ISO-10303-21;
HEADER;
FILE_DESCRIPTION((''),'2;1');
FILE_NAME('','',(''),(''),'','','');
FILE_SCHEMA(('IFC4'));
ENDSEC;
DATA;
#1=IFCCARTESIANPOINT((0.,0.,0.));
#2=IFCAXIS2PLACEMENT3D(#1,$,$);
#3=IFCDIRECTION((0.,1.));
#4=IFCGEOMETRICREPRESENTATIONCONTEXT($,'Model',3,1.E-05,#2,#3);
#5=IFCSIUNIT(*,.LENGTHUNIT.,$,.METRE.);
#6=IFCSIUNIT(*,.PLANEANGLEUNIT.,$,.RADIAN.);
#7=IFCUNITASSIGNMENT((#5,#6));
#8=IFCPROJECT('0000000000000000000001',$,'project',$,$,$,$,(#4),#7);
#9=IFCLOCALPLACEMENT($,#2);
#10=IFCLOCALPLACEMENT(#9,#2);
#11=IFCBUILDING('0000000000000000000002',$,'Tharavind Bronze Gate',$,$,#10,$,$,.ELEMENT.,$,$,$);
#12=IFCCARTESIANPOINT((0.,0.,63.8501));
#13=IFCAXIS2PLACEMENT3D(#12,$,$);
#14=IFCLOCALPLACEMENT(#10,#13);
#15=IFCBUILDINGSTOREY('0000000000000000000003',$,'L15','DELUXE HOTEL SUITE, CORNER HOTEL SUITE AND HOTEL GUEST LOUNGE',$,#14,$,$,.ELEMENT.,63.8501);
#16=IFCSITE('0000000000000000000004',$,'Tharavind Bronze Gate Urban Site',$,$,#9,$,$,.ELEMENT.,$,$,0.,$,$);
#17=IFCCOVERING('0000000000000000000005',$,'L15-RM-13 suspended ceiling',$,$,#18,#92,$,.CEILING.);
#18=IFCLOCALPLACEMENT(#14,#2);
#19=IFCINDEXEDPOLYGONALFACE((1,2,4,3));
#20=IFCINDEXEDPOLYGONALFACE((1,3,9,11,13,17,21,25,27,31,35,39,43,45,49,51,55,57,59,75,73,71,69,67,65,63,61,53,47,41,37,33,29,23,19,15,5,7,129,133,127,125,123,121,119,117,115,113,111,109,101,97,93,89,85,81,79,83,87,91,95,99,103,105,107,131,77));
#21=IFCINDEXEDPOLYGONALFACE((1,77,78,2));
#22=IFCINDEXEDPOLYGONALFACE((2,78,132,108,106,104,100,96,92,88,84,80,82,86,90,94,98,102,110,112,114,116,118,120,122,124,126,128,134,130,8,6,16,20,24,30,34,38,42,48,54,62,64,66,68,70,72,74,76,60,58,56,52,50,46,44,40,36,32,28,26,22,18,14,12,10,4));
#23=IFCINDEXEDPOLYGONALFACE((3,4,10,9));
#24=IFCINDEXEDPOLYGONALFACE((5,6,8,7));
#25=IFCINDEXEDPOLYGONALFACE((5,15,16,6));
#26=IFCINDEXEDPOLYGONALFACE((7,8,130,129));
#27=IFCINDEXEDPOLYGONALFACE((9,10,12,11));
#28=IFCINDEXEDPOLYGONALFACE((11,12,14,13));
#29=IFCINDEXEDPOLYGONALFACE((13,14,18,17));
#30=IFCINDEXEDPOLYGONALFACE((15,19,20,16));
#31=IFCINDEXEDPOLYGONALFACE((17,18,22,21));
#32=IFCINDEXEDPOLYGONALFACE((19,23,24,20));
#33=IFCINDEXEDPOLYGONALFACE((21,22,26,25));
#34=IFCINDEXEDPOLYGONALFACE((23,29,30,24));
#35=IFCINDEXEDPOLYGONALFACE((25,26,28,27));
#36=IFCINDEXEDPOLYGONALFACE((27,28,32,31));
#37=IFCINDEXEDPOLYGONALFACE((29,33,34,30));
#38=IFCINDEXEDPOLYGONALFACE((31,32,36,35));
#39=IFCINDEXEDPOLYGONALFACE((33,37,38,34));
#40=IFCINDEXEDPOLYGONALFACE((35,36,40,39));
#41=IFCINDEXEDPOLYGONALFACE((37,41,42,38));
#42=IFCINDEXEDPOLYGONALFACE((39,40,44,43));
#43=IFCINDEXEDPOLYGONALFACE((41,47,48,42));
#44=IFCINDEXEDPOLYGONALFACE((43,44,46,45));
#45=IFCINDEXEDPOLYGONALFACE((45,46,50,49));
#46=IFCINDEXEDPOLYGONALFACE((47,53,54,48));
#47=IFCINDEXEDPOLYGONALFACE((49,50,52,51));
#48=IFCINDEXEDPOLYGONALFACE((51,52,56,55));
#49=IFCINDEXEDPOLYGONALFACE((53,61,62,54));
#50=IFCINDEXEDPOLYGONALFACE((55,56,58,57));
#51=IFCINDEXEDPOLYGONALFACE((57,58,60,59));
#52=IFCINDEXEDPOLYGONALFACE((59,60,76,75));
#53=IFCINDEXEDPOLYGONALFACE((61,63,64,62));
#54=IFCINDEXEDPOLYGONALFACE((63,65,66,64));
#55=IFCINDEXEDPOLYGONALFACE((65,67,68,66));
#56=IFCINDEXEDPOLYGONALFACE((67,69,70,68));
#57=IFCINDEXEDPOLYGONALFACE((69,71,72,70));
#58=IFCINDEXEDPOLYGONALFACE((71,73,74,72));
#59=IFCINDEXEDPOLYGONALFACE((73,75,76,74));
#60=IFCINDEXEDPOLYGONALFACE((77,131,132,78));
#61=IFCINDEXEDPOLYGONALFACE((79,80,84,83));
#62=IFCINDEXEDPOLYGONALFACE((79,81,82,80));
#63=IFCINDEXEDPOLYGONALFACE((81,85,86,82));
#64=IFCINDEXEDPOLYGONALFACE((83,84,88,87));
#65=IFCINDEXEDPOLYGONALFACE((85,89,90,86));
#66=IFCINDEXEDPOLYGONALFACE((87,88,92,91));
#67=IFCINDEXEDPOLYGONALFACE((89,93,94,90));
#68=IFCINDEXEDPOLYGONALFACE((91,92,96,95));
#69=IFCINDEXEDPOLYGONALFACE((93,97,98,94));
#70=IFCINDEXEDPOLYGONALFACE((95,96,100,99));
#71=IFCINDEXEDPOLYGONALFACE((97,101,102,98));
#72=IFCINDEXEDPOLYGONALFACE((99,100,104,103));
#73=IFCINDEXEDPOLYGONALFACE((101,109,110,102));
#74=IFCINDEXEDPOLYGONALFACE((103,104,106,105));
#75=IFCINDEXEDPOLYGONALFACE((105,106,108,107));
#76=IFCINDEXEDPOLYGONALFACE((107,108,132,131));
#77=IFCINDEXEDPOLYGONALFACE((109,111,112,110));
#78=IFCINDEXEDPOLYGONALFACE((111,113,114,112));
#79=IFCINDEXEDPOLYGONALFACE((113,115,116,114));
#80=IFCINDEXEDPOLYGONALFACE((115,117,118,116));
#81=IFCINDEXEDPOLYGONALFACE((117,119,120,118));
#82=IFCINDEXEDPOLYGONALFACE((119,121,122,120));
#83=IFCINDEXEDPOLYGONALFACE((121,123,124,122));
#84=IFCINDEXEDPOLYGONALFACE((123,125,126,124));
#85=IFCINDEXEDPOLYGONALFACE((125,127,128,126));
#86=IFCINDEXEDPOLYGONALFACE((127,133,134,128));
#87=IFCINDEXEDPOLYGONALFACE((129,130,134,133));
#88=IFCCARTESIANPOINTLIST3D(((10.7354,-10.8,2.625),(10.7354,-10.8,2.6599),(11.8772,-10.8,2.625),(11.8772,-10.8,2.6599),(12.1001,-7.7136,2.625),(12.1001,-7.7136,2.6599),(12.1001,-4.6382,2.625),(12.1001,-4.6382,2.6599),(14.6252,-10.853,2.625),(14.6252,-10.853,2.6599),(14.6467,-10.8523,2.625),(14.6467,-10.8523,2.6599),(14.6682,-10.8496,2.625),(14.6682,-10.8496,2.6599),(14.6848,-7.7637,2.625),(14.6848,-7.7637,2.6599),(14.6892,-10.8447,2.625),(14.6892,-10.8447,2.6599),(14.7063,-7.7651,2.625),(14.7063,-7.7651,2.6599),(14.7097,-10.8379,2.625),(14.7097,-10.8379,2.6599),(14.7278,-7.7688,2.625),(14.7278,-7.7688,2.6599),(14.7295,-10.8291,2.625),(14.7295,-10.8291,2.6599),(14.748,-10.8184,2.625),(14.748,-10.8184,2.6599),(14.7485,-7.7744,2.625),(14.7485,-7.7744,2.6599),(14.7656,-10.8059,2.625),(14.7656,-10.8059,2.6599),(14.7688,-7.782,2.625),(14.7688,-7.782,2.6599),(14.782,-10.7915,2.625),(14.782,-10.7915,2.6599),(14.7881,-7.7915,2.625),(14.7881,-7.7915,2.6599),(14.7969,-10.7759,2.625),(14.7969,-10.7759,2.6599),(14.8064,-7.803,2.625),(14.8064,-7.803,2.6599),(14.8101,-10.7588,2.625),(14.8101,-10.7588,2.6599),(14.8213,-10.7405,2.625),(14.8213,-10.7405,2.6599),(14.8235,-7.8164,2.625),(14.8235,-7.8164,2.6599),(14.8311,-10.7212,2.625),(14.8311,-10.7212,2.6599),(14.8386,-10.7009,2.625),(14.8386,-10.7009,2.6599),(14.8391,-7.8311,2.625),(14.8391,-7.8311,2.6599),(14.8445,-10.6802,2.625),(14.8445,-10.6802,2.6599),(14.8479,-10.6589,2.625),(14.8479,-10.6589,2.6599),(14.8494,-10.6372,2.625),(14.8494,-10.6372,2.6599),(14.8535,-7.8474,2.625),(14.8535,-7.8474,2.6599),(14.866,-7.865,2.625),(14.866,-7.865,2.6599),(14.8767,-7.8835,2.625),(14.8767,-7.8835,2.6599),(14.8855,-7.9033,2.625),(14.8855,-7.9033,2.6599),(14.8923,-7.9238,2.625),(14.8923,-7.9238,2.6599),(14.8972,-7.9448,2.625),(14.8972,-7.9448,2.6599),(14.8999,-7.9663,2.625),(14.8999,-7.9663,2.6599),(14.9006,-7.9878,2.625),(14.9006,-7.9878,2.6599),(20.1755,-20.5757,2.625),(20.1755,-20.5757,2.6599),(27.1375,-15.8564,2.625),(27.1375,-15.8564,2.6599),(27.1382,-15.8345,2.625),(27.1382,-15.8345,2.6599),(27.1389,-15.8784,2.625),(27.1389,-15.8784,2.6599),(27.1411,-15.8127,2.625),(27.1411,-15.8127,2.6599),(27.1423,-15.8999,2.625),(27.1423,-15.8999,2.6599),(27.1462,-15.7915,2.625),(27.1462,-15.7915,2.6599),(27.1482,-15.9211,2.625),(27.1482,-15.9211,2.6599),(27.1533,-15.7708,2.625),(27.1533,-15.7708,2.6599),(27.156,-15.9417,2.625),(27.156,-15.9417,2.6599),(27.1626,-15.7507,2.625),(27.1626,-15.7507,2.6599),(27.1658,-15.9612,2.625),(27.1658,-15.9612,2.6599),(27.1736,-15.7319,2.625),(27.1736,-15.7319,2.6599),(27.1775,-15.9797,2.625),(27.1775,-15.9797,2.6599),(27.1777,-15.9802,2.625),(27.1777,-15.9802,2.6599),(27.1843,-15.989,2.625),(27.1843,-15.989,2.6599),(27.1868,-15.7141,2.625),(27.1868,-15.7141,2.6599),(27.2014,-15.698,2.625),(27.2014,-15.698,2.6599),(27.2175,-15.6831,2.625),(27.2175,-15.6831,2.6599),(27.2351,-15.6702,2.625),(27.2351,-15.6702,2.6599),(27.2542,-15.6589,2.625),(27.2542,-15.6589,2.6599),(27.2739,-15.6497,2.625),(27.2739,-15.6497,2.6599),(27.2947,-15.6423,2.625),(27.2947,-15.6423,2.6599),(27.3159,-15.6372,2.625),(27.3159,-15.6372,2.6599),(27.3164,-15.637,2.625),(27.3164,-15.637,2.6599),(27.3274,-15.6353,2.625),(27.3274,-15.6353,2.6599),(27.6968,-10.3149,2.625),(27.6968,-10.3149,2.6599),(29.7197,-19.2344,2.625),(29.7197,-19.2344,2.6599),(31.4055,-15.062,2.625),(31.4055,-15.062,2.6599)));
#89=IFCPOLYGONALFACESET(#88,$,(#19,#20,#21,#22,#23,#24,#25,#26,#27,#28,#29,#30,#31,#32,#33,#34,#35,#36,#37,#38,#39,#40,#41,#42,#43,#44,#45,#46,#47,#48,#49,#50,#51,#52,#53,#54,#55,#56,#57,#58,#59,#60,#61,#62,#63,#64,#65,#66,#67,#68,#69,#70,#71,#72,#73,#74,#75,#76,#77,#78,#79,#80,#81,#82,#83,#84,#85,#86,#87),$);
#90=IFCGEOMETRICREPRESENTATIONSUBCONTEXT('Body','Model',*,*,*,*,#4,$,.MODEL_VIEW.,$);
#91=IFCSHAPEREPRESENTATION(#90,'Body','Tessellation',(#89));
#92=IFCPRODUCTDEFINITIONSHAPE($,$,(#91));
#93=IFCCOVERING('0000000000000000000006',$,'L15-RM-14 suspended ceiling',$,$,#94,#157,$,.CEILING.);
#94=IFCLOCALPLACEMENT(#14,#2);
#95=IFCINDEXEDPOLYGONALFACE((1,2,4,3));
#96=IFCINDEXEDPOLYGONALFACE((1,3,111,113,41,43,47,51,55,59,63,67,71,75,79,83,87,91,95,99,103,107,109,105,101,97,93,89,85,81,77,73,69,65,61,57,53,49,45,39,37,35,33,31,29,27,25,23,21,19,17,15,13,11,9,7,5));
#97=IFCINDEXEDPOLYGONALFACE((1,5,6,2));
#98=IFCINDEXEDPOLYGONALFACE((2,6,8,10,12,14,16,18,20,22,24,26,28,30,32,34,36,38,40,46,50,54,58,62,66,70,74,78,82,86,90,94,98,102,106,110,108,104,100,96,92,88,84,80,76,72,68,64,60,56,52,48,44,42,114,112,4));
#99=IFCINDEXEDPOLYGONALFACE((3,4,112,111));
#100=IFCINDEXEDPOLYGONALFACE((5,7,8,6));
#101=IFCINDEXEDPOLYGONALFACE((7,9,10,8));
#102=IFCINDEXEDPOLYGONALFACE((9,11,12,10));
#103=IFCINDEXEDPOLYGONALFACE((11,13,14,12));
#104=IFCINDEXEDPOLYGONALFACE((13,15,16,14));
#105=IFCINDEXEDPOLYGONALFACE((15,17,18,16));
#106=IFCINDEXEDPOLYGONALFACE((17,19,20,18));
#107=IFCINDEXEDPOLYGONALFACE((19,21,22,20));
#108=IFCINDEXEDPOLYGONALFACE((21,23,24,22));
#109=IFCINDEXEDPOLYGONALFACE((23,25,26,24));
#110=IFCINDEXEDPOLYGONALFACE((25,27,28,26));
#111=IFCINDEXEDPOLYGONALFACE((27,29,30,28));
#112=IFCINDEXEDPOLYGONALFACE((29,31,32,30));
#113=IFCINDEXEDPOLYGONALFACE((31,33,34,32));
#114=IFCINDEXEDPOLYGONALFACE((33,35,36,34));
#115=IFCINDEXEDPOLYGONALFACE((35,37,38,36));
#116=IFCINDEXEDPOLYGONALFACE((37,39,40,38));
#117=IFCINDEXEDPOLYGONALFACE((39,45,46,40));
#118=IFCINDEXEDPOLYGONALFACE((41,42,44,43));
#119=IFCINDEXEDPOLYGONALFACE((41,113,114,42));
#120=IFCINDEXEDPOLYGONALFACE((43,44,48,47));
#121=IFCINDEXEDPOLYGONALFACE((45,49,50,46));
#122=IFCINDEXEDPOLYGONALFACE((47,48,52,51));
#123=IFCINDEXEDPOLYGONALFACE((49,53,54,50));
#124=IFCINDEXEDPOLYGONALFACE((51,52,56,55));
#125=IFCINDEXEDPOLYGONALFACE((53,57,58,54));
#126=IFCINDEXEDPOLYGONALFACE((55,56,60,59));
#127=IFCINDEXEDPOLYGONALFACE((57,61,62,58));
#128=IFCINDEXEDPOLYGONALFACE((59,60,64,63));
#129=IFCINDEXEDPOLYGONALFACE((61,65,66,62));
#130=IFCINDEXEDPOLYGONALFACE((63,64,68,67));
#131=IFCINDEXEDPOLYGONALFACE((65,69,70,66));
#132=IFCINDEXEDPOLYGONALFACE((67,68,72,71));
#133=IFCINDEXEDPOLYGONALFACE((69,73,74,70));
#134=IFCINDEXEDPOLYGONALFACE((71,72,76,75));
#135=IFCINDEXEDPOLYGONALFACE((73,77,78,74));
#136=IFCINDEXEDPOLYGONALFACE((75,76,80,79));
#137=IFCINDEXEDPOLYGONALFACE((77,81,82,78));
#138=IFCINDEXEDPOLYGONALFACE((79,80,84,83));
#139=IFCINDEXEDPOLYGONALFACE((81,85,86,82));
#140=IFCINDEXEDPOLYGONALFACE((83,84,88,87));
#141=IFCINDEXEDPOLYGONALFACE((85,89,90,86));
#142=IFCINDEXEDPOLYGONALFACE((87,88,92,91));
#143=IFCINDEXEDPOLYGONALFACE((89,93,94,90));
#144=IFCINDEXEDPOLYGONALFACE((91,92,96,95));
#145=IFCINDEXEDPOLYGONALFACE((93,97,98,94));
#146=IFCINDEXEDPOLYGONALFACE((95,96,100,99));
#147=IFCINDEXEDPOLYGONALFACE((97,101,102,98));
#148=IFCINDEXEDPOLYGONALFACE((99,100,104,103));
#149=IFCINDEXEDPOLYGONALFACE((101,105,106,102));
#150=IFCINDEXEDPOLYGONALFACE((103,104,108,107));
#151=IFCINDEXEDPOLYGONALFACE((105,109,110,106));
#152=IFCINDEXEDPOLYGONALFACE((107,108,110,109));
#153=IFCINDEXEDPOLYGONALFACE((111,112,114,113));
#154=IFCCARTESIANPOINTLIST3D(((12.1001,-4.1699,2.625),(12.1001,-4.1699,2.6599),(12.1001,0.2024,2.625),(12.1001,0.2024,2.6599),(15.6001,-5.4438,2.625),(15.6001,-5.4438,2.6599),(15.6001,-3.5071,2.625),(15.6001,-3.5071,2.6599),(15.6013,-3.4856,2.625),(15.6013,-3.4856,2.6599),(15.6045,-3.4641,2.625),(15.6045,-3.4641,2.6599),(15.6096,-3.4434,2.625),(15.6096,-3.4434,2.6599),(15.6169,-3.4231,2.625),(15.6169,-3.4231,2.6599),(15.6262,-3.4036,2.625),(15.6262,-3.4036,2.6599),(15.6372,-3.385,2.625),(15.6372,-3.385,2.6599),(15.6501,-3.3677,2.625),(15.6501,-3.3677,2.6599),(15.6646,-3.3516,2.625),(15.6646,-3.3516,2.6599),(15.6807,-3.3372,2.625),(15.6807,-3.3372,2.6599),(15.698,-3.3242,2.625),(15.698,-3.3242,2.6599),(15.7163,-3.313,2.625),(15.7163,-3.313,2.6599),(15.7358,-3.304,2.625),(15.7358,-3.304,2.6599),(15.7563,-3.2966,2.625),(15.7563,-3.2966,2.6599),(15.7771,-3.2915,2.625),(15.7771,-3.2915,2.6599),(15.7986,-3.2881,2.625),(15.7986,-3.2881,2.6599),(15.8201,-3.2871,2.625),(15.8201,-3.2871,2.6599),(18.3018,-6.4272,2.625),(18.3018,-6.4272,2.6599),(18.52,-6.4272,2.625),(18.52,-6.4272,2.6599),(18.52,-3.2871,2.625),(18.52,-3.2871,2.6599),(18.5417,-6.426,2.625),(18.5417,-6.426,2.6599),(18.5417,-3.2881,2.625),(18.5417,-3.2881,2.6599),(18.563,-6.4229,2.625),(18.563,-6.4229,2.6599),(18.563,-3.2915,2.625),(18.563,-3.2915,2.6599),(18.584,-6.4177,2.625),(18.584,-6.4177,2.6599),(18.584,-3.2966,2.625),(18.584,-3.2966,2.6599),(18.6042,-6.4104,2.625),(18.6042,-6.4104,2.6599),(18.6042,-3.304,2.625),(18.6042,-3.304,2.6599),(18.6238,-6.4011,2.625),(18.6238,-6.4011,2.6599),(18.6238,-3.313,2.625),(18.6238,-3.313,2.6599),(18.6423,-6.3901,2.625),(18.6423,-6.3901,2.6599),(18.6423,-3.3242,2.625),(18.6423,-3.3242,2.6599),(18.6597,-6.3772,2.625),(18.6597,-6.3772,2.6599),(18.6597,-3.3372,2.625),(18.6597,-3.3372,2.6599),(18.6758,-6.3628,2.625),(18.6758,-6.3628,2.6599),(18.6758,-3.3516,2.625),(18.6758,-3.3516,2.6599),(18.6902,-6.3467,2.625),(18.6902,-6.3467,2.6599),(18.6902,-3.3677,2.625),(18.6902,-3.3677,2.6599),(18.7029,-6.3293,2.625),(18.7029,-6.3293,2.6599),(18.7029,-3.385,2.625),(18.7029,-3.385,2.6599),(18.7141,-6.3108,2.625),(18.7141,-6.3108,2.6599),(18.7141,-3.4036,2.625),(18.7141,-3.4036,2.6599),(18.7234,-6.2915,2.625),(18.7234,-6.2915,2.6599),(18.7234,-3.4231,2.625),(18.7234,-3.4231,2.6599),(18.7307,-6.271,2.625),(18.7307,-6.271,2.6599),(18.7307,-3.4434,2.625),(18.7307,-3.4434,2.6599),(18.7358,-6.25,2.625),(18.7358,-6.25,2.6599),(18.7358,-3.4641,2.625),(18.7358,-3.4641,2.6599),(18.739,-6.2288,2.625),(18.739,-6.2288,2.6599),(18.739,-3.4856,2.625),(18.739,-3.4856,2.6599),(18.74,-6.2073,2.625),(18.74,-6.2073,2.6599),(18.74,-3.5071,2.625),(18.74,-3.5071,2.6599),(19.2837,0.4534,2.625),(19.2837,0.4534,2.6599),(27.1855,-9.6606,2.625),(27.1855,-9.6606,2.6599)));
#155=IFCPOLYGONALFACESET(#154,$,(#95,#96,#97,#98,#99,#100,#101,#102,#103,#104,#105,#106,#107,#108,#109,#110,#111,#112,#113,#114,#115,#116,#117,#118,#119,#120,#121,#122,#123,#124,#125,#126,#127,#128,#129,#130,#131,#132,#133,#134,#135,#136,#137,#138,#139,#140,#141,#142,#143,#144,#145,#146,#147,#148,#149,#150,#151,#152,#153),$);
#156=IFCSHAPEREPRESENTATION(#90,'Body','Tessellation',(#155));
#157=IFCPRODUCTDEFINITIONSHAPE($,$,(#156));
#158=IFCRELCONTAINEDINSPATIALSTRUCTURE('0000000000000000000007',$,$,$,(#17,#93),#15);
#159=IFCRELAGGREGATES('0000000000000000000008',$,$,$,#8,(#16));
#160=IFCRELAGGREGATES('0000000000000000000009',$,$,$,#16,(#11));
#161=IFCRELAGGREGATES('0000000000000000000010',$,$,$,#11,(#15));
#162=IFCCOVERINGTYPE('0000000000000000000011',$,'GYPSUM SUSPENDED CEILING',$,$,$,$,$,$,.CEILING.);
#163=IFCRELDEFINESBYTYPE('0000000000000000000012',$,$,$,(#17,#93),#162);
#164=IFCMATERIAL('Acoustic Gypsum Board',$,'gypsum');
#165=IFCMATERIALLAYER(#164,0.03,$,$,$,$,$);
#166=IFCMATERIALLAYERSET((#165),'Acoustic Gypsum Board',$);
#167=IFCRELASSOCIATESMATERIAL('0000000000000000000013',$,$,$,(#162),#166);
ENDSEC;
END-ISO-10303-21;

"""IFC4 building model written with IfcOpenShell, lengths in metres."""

from ifc_helpers import new_model, si_unit, direction, frame, origin, place, context, subcontext, project, spatial, polyline, outline, extrude, material, layer, layer_set, type_object, element, save


model = new_model("IFC4")

# Units and contexts
model_context = context("Model", 3, precision=1e-05, world=origin(), true_north=direction((0.0, 1.0)))
body_context = subcontext(model_context, "Body", "Model", "MODEL_VIEW")
ifc_project = project(units=[si_unit("LENGTHUNIT", "METRE"), si_unit("PLANEANGLEUNIT", "RADIAN")], contexts=[model_context])

# Site, building, storey
site_placement = place(None, origin())
site = spatial("IfcSite", under=ifc_project, at=site_placement, Name="Tharavind Bronze Gate Urban Site", CompositionType="ELEMENT", RefElevation=0.0)
building_placement = place(site_placement, origin())
building = spatial("IfcBuilding", under=site, at=building_placement, Name="Tharavind Bronze Gate", CompositionType="ELEMENT")
storey_placement = place(building_placement, frame((0.0, 0.0, 63.8501)))
storey = spatial("IfcBuildingStorey", under=building, at=storey_placement, Name="L15", Description="DELUXE HOTEL SUITE, CORNER HOTEL SUITE AND HOTEL GUEST LOUNGE", CompositionType="ELEMENT", Elevation=63.8501)

# Coverings
ifc_material_1 = material(Name="Acoustic Gypsum Board", Category="gypsum")
ifc_layer_1 = layer(ifc_material_1, 0.03)
ifc_layer_set_1 = layer_set([ifc_layer_1], Name="Acoustic Gypsum Board")
covering_type_1 = type_object("IfcCoveringType", Name="GYPSUM SUSPENDED CEILING", PredefinedType="CEILING", material=ifc_layer_set_1)
covering_1_placement = place(storey_placement, frame((0.0, 0.0, 2.625)))
element("IfcCovering", 1, at=covering_1_placement, inside=storey, type_object=covering_type_1, Name="L15-RM-13 suspended ceiling", PredefinedType="CEILING", context=body_context, shape_type="SweptSolid", body=[
    extrude(outline(polyline([(20.1755, -20.5757), (29.7197, -19.2344), (27.1843, -15.989), (27.1777, -15.9802), (27.1775, -15.9797), (27.1658, -15.9612), (27.156, -15.9417), (27.1482, -15.9211), (27.1423, -15.8999), (27.1389, -15.8784), (27.1375, -15.8564), (27.1382, -15.8345), (27.1411, -15.8127), (27.1462, -15.7915), (27.1533, -15.7708), (27.1626, -15.7507), (27.1736, -15.7319), (27.1868, -15.7141), (27.2014, -15.698), (27.2175, -15.6831), (27.2351, -15.6702), (27.2542, -15.6589), (27.2739, -15.6497), (27.2947, -15.6423), (27.3159, -15.6372), (27.3164, -15.637), (27.3274, -15.6353), (31.4055, -15.062), (27.6968, -10.3149), (12.1001, -4.6382), (12.1001, -7.7136), (14.6848, -7.7637), (14.7063, -7.7651), (14.7278, -7.7688), (14.7485, -7.7744), (14.7688, -7.782), (14.7881, -7.7915), (14.8064, -7.803), (14.8235, -7.8164), (14.8391, -7.8311), (14.8535, -7.8474), (14.866, -7.865), (14.8767, -7.8835), (14.8855, -7.9033), (14.8923, -7.9238), (14.8972, -7.9448), (14.8999, -7.9663), (14.9006, -7.9878), (14.8494, -10.6372), (14.8479, -10.6589), (14.8445, -10.6802), (14.8386, -10.7009), (14.8311, -10.7212), (14.8213, -10.7405), (14.8101, -10.7588), (14.7969, -10.7759), (14.782, -10.7915), (14.7656, -10.8059), (14.748, -10.8184), (14.7295, -10.8291), (14.7097, -10.8379), (14.6892, -10.8447), (14.6682, -10.8496), (14.6467, -10.8523), (14.6252, -10.853), (11.8772, -10.8), (10.7354, -10.8), (20.1755, -20.5757)])), origin(), (0.0, 0.0, 1.0), 0.0349),
])
covering_2_placement = place(storey_placement, frame((0.0, 0.0, 2.625)))
element("IfcCovering", 2, at=covering_2_placement, inside=storey, type_object=covering_type_1, Name="L15-RM-14 suspended ceiling", PredefinedType="CEILING", context=body_context, shape_type="SweptSolid", body=[
    extrude(outline(polyline([(12.1001, -4.1699), (15.6001, -5.4438), (15.6001, -3.5071), (15.6013, -3.4856), (15.6045, -3.4641), (15.6096, -3.4434), (15.6169, -3.4231), (15.6262, -3.4036), (15.6372, -3.385), (15.6501, -3.3677), (15.6646, -3.3516), (15.6807, -3.3372), (15.698, -3.3242), (15.7163, -3.313), (15.7358, -3.304), (15.7563, -3.2966), (15.7771, -3.2915), (15.7986, -3.2881), (15.8201, -3.2871), (18.52, -3.2871), (18.5417, -3.2881), (18.563, -3.2915), (18.584, -3.2966), (18.6042, -3.304), (18.6238, -3.313), (18.6423, -3.3242), (18.6597, -3.3372), (18.6758, -3.3516), (18.6902, -3.3677), (18.7029, -3.385), (18.7141, -3.4036), (18.7234, -3.4231), (18.7307, -3.4434), (18.7358, -3.4641), (18.739, -3.4856), (18.74, -3.5071), (18.74, -6.2073), (18.739, -6.2288), (18.7358, -6.25), (18.7307, -6.271), (18.7234, -6.2915), (18.7141, -6.3108), (18.7029, -6.3293), (18.6902, -6.3467), (18.6758, -6.3628), (18.6597, -6.3772), (18.6423, -6.3901), (18.6238, -6.4011), (18.6042, -6.4104), (18.584, -6.4177), (18.563, -6.4229), (18.5417, -6.426), (18.52, -6.4272), (18.3018, -6.4272), (27.1855, -9.6606), (19.2837, 0.4534), (12.1001, 0.2024), (12.1001, -4.1699)])), origin(), (0.0, 0.0, 1.0), 0.0349),
])

save(model, "model.ifc")
